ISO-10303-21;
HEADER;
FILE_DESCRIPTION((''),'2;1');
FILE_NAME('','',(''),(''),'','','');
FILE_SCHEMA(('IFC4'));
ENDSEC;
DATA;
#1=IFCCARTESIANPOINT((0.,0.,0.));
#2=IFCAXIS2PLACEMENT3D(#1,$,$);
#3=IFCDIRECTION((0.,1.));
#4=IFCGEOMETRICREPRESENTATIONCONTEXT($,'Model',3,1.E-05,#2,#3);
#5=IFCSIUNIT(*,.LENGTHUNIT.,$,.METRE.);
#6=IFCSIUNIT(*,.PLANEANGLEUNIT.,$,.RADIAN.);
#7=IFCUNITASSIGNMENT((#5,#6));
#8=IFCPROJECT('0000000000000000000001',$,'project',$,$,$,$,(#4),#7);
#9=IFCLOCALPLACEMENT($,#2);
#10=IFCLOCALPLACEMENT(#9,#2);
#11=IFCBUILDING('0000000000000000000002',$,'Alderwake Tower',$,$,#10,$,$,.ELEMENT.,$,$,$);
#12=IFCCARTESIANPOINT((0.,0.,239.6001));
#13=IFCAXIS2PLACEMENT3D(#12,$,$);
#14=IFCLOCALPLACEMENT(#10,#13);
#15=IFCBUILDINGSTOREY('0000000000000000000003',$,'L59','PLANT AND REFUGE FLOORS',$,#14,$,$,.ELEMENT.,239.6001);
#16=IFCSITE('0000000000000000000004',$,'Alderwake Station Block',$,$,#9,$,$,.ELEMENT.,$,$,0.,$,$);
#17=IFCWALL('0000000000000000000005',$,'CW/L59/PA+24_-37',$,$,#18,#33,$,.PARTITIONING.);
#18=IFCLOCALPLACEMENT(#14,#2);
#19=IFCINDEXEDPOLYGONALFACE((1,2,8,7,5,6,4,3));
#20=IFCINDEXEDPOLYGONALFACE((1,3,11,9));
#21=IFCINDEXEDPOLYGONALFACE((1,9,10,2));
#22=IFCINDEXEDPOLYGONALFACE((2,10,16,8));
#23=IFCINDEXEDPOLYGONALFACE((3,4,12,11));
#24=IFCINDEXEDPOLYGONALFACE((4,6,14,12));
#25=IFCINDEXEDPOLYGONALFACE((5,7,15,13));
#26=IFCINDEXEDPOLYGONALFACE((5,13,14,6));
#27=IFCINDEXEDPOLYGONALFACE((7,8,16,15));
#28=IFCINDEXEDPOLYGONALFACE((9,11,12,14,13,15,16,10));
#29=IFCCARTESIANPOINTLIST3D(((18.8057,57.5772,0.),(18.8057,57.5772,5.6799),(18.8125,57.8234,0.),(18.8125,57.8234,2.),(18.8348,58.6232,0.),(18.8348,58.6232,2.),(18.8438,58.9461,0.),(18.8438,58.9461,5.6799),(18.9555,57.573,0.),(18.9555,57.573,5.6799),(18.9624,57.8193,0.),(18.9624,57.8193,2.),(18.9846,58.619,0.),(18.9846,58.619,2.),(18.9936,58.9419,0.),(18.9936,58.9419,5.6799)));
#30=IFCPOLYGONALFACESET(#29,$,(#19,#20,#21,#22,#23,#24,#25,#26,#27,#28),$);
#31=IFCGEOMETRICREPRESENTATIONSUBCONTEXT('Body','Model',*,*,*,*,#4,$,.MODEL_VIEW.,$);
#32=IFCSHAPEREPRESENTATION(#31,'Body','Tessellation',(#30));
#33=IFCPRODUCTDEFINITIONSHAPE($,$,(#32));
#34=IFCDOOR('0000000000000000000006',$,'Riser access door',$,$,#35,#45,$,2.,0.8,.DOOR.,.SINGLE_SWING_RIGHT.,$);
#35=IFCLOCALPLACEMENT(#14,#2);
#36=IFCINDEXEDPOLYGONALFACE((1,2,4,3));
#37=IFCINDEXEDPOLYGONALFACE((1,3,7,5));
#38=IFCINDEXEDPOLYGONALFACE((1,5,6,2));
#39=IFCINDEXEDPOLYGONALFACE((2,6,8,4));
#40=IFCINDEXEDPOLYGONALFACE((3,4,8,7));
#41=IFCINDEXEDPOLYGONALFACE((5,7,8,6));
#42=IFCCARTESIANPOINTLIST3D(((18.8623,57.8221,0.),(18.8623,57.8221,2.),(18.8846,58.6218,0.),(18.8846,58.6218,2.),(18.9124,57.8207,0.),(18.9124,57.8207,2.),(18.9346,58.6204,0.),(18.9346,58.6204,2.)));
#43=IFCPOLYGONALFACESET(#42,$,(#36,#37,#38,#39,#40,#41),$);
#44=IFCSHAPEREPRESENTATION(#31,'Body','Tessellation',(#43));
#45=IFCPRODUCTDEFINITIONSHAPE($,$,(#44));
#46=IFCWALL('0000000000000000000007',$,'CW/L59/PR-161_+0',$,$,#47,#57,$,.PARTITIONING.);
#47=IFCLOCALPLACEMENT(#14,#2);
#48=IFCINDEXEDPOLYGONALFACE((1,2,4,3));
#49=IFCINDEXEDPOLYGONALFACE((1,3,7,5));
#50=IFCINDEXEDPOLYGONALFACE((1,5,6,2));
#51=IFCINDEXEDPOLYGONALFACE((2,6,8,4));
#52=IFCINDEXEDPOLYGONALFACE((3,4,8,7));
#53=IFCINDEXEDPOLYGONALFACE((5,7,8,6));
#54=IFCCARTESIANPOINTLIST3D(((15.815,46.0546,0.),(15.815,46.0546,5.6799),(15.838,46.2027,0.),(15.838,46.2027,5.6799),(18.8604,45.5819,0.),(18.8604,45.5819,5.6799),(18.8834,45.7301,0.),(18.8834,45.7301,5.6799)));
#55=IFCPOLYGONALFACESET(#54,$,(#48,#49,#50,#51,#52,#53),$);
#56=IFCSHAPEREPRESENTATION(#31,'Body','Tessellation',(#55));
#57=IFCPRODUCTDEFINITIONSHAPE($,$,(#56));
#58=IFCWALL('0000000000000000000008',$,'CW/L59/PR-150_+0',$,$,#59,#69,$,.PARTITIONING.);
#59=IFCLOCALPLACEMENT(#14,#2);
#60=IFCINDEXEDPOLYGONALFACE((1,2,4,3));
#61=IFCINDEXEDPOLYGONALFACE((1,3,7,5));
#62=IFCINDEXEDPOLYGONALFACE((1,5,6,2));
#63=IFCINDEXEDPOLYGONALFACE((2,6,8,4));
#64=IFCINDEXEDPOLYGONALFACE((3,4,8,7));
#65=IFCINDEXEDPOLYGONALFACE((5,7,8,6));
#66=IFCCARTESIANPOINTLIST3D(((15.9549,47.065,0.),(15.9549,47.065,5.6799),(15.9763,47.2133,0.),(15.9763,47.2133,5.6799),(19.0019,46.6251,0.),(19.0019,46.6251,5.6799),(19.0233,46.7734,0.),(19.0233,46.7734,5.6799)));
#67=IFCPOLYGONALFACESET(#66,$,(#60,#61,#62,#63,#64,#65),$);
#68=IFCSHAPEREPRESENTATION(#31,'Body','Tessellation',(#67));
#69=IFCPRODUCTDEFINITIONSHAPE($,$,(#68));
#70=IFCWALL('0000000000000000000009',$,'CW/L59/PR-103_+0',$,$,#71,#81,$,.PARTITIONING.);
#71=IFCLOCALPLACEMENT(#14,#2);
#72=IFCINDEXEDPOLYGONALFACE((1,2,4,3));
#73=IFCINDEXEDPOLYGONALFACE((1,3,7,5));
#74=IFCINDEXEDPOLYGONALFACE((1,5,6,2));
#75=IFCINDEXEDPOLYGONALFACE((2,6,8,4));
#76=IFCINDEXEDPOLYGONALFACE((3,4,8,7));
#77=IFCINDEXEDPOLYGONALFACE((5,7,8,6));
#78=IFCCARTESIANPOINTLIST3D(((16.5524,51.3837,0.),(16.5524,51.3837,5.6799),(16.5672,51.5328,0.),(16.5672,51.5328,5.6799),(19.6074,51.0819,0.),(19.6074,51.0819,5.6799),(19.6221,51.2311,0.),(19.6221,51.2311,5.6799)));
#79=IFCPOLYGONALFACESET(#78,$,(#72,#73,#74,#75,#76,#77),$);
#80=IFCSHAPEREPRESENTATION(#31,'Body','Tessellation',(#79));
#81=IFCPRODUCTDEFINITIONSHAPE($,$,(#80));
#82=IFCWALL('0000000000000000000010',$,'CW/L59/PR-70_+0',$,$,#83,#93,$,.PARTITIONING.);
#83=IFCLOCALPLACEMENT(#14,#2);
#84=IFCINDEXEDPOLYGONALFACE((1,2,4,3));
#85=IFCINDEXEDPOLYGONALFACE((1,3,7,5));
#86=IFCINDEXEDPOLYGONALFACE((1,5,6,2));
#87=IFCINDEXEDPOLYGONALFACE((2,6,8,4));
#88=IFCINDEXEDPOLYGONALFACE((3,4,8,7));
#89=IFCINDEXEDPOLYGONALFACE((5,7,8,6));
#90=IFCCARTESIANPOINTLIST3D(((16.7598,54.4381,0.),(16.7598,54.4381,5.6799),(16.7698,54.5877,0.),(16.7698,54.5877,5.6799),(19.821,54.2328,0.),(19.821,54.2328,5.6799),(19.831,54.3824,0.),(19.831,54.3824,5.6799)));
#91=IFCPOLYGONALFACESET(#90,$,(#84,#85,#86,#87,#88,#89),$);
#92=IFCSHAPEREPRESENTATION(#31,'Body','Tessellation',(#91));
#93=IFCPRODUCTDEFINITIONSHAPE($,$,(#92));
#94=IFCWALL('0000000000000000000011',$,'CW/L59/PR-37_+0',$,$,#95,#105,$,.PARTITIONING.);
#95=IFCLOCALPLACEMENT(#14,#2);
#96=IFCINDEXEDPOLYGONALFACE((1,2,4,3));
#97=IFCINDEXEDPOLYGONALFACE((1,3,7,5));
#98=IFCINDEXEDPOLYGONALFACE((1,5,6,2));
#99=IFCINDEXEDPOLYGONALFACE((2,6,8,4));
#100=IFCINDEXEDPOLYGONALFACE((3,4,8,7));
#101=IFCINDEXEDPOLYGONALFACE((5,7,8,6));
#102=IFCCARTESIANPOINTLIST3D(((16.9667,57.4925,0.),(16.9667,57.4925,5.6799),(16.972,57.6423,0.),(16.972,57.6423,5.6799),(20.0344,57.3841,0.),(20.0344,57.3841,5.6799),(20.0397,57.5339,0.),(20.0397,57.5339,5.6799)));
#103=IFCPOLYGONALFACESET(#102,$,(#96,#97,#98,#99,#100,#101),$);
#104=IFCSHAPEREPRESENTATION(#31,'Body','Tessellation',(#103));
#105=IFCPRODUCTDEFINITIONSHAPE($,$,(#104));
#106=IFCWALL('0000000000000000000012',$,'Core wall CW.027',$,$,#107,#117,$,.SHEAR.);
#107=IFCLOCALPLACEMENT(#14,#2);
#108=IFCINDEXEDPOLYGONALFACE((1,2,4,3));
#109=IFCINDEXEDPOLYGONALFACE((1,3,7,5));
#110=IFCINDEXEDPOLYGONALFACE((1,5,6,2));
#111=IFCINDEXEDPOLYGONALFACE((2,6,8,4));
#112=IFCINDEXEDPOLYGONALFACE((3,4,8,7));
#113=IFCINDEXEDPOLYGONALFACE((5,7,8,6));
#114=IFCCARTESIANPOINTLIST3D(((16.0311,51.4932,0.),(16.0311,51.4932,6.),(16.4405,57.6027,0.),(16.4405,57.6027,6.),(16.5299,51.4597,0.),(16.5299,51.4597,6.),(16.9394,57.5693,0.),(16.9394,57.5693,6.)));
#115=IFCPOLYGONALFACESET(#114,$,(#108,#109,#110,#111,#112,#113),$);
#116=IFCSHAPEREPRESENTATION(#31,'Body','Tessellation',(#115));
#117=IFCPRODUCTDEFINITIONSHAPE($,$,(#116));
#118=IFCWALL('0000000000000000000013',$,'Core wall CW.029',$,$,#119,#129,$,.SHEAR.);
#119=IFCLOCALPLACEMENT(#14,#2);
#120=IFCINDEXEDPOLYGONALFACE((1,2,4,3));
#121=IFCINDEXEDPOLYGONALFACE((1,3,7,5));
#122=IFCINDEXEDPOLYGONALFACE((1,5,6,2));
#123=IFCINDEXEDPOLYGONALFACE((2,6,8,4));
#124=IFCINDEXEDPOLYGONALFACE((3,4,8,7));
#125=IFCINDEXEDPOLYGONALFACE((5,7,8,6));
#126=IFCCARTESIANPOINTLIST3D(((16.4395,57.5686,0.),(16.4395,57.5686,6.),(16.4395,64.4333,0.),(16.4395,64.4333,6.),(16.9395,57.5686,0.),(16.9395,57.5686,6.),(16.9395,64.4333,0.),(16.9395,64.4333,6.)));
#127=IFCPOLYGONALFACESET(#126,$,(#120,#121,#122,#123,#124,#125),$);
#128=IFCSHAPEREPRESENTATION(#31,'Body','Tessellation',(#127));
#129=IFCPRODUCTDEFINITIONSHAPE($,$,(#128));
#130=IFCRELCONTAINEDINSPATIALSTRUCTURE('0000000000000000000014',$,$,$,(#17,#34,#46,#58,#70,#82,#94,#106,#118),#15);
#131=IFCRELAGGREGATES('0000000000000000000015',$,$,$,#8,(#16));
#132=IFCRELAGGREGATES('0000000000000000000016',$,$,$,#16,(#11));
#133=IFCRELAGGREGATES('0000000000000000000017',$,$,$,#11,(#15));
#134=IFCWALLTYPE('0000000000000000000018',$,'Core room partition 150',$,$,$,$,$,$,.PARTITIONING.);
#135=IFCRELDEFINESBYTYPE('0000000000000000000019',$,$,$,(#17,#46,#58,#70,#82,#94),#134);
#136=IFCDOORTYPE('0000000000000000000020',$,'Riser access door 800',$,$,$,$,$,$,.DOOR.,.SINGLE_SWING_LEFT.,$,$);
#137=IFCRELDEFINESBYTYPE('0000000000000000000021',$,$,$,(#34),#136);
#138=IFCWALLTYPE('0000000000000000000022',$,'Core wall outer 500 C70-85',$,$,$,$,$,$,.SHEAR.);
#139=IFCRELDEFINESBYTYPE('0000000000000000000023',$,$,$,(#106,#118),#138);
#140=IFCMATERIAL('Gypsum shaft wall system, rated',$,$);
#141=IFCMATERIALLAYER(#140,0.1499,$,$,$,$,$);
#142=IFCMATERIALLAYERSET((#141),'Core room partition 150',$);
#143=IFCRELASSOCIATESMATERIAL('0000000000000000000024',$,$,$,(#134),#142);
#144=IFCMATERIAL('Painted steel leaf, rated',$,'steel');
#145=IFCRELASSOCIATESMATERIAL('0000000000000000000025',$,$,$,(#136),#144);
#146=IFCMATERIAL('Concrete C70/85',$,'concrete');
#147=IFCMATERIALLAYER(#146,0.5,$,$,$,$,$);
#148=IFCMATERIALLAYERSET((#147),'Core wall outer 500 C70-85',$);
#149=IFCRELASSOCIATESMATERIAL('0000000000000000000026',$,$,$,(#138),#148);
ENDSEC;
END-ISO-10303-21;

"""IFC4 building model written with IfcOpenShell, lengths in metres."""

from ifc_helpers import new_model, si_unit, direction, frame, frame_2d, origin, place, context, subcontext, project, spatial, rectangle, extrude, material, layer, layer_set, type_object, element, fill, save


model = new_model("IFC4")

# Units and contexts
model_context = context("Model", 3, precision=1e-05, world=origin(), true_north=direction((0.0, 1.0)))
body_context = subcontext(model_context, "Body", "Model", "MODEL_VIEW")
ifc_project = project(units=[si_unit("LENGTHUNIT", "METRE"), si_unit("PLANEANGLEUNIT", "RADIAN")], contexts=[model_context])

# Site, building, storey
site_placement = place(None, origin())
site = spatial("IfcSite", under=ifc_project, at=site_placement, Name="Alderwake Station Block", CompositionType="ELEMENT", RefElevation=0.0)
building_placement = place(site_placement, origin())
building = spatial("IfcBuilding", under=site, at=building_placement, Name="Alderwake Tower", CompositionType="ELEMENT")
storey_placement = place(building_placement, frame((0.0, 0.0, 239.6001)))
storey = spatial("IfcBuildingStorey", under=building, at=storey_placement, Name="L59", Description="PLANT AND REFUGE FLOORS", CompositionType="ELEMENT", Elevation=239.6001)

# Wall, opening, door
ifc_material_1 = material(Name="Gypsum shaft wall system, rated")
ifc_layer_1 = layer(ifc_material_1, 0.1499)
ifc_layer_set_1 = layer_set([ifc_layer_1], Name="Core room partition 150")
wall_type_1 = type_object("IfcWallType", Name="Core room partition 150", PredefinedType="PARTITIONING", material=ifc_layer_set_1)
wall_1_placement = place(storey_placement, frame((18.9187, 58.9438, 0.0), z_axis=(0.0, 0.0, 1.0), x_axis=(-0.027812, -0.999613, 0.0)))
wall_1 = element("IfcWall", 1, at=wall_1_placement, inside=storey, type_object=wall_type_1, Name="CW/L59/PA+24_-37", PredefinedType="PARTITIONING", context=body_context, shape_type="SweptSolid", body=[
    extrude(rectangle(XDim=1.3694, YDim=0.1499, at=frame_2d((0.6846, 0.0))), origin(), (0.0, 0.0, 1.0), 5.6799),
])
opening_1_placement = place(wall_1_placement, frame((0.323, 0.0, 0.0)))
opening_1 = element("IfcOpeningElement", 2, at=opening_1_placement, cuts=wall_1, PredefinedType="OPENING", context=body_context, shape_type="SweptSolid", body=[
    extrude(rectangle(XDim=0.8, YDim=2.0, at=frame_2d((0.3999, 1.0))), frame((0.0, 0.085, 0.0), z_axis=(0.0, -1.0, 0.0), x_axis=(1.0, 0.0, 0.0)), (0.0, 0.0, 1.0), 0.1699),
])
ifc_material_2 = material(Name="Painted steel leaf, rated", Category="steel")
door_type_1 = type_object("IfcDoorType", Name="Riser access door 800", OperationType="SINGLE_SWING_LEFT", PredefinedType="DOOR", material=ifc_material_2)
door_1_placement = place(opening_1_placement, origin())
door_1 = element("IfcDoor", 3, at=door_1_placement, inside=storey, type_object=door_type_1, Name="Riser access door", OperationType="SINGLE_SWING_RIGHT", OverallHeight=2.0, OverallWidth=0.8, PredefinedType="DOOR", context=body_context, shape_type="SweptSolid", body=[
    extrude(rectangle(XDim=0.8, YDim=2.0, at=frame_2d((0.3999, 1.0))), frame((0.0, 0.0249, 0.0), z_axis=(0.0, -1.0, 0.0), x_axis=(1.0, 0.0, 0.0)), (0.0, 0.0, 1.0), 0.05),
])
fill(opening_1, door_1)

# Walls
wall_2_placement = place(storey_placement, frame((15.8264, 46.1287, 0.0), z_axis=(0.0, 0.0, 1.0), x_axis=(0.988169, -0.153367, 0.0)))
element("IfcWall", 4, at=wall_2_placement, inside=storey, type_object=wall_type_1, Name="CW/L59/PR-161_+0", PredefinedType="PARTITIONING", context=body_context, shape_type="SweptSolid", body=[
    extrude(rectangle(XDim=3.0818, YDim=0.1499, at=frame_2d((1.541, 0.0))), origin(), (0.0, 0.0, 1.0), 5.6799),
])
wall_3_placement = place(storey_placement, frame((15.9656, 47.1392, 0.0), z_axis=(0.0, 0.0, 1.0), x_axis=(0.989737, -0.142898, 0.0)))
element("IfcWall", 5, at=wall_3_placement, inside=storey, type_object=wall_type_1, Name="CW/L59/PR-150_+0", PredefinedType="PARTITIONING", context=body_context, shape_type="SweptSolid", body=[
    extrude(rectangle(XDim=3.0786, YDim=0.1499, at=frame_2d((1.5393, 0.0))), origin(), (0.0, 0.0, 1.0), 5.6799),
])
wall_4_placement = place(storey_placement, frame((16.5598, 51.4583, 0.0), z_axis=(0.0, 0.0, 1.0), x_axis=(0.995157, -0.098299, 0.0)))
element("IfcWall", 6, at=wall_4_placement, inside=storey, type_object=wall_type_1, Name="CW/L59/PR-103_+0", PredefinedType="PARTITIONING", context=body_context, shape_type="SweptSolid", body=[
    extrude(rectangle(XDim=3.0698, YDim=0.1499, at=frame_2d((1.5349, 0.0))), origin(), (0.0, 0.0, 1.0), 5.6799),
])
wall_5_placement = place(storey_placement, frame((16.7646, 54.5129, 0.0), z_axis=(0.0, 0.0, 1.0), x_axis=(0.997758, -0.06692, 0.0)))
element("IfcWall", 7, at=wall_5_placement, inside=storey, type_object=wall_type_1, Name="CW/L59/PR-70_+0", PredefinedType="PARTITIONING", context=body_context, shape_type="SweptSolid", body=[
    extrude(rectangle(XDim=3.0681, YDim=0.1499, at=frame_2d((1.5342, 0.0))), origin(), (0.0, 0.0, 1.0), 5.6799),
])
wall_6_placement = place(storey_placement, frame((16.9695, 57.5674, 0.0), z_axis=(0.0, 0.0, 1.0), x_axis=(0.999376, -0.035314, 0.0)))
element("IfcWall", 8, at=wall_6_placement, inside=storey, type_object=wall_type_1, Name="CW/L59/PR-37_+0", PredefinedType="PARTITIONING", context=body_context, shape_type="SweptSolid", body=[
    extrude(rectangle(XDim=3.0696, YDim=0.1499, at=frame_2d((1.5347, 0.0))), origin(), (0.0, 0.0, 1.0), 5.6799),
])
ifc_material_3 = material(Name="Concrete C70/85", Category="concrete")
ifc_layer_2 = layer(ifc_material_3, 0.5)
ifc_layer_set_2 = layer_set([ifc_layer_2], Name="Core wall outer 500 C70-85")
wall_type_2 = type_object("IfcWallType", Name="Core wall outer 500 C70-85", PredefinedType="SHEAR", material=ifc_layer_set_2)
wall_7_placement = place(storey_placement, frame((16.2805, 51.4766, 0.0), z_axis=(0.0, 0.0, 1.0), x_axis=(0.066863, 0.997762, 0.0)))
element("IfcWall", 9, at=wall_7_placement, inside=storey, type_object=wall_type_2, Name="Core wall CW.027", PredefinedType="SHEAR", context=body_context, shape_type="SweptSolid", body=[
    extrude(rectangle(XDim=6.1233, YDim=0.5, at=frame_2d((3.0615, 0.0))), origin(), (0.0, 0.0, 1.0), 6.0),
])
wall_8_placement = place(storey_placement, frame((16.6895, 57.5686, 0.0), z_axis=(0.0, 0.0, 1.0), x_axis=(0.0, 1.0, 0.0)))
element("IfcWall", 10, at=wall_8_placement, inside=storey, type_object=wall_type_2, Name="Core wall CW.029", PredefinedType="SHEAR", context=body_context, shape_type="SweptSolid", body=[
    extrude(rectangle(XDim=6.8647, YDim=0.5, at=frame_2d((3.4324, 0.0))), origin(), (0.0, 0.0, 1.0), 6.0),
])

save(model, "model.ifc")
